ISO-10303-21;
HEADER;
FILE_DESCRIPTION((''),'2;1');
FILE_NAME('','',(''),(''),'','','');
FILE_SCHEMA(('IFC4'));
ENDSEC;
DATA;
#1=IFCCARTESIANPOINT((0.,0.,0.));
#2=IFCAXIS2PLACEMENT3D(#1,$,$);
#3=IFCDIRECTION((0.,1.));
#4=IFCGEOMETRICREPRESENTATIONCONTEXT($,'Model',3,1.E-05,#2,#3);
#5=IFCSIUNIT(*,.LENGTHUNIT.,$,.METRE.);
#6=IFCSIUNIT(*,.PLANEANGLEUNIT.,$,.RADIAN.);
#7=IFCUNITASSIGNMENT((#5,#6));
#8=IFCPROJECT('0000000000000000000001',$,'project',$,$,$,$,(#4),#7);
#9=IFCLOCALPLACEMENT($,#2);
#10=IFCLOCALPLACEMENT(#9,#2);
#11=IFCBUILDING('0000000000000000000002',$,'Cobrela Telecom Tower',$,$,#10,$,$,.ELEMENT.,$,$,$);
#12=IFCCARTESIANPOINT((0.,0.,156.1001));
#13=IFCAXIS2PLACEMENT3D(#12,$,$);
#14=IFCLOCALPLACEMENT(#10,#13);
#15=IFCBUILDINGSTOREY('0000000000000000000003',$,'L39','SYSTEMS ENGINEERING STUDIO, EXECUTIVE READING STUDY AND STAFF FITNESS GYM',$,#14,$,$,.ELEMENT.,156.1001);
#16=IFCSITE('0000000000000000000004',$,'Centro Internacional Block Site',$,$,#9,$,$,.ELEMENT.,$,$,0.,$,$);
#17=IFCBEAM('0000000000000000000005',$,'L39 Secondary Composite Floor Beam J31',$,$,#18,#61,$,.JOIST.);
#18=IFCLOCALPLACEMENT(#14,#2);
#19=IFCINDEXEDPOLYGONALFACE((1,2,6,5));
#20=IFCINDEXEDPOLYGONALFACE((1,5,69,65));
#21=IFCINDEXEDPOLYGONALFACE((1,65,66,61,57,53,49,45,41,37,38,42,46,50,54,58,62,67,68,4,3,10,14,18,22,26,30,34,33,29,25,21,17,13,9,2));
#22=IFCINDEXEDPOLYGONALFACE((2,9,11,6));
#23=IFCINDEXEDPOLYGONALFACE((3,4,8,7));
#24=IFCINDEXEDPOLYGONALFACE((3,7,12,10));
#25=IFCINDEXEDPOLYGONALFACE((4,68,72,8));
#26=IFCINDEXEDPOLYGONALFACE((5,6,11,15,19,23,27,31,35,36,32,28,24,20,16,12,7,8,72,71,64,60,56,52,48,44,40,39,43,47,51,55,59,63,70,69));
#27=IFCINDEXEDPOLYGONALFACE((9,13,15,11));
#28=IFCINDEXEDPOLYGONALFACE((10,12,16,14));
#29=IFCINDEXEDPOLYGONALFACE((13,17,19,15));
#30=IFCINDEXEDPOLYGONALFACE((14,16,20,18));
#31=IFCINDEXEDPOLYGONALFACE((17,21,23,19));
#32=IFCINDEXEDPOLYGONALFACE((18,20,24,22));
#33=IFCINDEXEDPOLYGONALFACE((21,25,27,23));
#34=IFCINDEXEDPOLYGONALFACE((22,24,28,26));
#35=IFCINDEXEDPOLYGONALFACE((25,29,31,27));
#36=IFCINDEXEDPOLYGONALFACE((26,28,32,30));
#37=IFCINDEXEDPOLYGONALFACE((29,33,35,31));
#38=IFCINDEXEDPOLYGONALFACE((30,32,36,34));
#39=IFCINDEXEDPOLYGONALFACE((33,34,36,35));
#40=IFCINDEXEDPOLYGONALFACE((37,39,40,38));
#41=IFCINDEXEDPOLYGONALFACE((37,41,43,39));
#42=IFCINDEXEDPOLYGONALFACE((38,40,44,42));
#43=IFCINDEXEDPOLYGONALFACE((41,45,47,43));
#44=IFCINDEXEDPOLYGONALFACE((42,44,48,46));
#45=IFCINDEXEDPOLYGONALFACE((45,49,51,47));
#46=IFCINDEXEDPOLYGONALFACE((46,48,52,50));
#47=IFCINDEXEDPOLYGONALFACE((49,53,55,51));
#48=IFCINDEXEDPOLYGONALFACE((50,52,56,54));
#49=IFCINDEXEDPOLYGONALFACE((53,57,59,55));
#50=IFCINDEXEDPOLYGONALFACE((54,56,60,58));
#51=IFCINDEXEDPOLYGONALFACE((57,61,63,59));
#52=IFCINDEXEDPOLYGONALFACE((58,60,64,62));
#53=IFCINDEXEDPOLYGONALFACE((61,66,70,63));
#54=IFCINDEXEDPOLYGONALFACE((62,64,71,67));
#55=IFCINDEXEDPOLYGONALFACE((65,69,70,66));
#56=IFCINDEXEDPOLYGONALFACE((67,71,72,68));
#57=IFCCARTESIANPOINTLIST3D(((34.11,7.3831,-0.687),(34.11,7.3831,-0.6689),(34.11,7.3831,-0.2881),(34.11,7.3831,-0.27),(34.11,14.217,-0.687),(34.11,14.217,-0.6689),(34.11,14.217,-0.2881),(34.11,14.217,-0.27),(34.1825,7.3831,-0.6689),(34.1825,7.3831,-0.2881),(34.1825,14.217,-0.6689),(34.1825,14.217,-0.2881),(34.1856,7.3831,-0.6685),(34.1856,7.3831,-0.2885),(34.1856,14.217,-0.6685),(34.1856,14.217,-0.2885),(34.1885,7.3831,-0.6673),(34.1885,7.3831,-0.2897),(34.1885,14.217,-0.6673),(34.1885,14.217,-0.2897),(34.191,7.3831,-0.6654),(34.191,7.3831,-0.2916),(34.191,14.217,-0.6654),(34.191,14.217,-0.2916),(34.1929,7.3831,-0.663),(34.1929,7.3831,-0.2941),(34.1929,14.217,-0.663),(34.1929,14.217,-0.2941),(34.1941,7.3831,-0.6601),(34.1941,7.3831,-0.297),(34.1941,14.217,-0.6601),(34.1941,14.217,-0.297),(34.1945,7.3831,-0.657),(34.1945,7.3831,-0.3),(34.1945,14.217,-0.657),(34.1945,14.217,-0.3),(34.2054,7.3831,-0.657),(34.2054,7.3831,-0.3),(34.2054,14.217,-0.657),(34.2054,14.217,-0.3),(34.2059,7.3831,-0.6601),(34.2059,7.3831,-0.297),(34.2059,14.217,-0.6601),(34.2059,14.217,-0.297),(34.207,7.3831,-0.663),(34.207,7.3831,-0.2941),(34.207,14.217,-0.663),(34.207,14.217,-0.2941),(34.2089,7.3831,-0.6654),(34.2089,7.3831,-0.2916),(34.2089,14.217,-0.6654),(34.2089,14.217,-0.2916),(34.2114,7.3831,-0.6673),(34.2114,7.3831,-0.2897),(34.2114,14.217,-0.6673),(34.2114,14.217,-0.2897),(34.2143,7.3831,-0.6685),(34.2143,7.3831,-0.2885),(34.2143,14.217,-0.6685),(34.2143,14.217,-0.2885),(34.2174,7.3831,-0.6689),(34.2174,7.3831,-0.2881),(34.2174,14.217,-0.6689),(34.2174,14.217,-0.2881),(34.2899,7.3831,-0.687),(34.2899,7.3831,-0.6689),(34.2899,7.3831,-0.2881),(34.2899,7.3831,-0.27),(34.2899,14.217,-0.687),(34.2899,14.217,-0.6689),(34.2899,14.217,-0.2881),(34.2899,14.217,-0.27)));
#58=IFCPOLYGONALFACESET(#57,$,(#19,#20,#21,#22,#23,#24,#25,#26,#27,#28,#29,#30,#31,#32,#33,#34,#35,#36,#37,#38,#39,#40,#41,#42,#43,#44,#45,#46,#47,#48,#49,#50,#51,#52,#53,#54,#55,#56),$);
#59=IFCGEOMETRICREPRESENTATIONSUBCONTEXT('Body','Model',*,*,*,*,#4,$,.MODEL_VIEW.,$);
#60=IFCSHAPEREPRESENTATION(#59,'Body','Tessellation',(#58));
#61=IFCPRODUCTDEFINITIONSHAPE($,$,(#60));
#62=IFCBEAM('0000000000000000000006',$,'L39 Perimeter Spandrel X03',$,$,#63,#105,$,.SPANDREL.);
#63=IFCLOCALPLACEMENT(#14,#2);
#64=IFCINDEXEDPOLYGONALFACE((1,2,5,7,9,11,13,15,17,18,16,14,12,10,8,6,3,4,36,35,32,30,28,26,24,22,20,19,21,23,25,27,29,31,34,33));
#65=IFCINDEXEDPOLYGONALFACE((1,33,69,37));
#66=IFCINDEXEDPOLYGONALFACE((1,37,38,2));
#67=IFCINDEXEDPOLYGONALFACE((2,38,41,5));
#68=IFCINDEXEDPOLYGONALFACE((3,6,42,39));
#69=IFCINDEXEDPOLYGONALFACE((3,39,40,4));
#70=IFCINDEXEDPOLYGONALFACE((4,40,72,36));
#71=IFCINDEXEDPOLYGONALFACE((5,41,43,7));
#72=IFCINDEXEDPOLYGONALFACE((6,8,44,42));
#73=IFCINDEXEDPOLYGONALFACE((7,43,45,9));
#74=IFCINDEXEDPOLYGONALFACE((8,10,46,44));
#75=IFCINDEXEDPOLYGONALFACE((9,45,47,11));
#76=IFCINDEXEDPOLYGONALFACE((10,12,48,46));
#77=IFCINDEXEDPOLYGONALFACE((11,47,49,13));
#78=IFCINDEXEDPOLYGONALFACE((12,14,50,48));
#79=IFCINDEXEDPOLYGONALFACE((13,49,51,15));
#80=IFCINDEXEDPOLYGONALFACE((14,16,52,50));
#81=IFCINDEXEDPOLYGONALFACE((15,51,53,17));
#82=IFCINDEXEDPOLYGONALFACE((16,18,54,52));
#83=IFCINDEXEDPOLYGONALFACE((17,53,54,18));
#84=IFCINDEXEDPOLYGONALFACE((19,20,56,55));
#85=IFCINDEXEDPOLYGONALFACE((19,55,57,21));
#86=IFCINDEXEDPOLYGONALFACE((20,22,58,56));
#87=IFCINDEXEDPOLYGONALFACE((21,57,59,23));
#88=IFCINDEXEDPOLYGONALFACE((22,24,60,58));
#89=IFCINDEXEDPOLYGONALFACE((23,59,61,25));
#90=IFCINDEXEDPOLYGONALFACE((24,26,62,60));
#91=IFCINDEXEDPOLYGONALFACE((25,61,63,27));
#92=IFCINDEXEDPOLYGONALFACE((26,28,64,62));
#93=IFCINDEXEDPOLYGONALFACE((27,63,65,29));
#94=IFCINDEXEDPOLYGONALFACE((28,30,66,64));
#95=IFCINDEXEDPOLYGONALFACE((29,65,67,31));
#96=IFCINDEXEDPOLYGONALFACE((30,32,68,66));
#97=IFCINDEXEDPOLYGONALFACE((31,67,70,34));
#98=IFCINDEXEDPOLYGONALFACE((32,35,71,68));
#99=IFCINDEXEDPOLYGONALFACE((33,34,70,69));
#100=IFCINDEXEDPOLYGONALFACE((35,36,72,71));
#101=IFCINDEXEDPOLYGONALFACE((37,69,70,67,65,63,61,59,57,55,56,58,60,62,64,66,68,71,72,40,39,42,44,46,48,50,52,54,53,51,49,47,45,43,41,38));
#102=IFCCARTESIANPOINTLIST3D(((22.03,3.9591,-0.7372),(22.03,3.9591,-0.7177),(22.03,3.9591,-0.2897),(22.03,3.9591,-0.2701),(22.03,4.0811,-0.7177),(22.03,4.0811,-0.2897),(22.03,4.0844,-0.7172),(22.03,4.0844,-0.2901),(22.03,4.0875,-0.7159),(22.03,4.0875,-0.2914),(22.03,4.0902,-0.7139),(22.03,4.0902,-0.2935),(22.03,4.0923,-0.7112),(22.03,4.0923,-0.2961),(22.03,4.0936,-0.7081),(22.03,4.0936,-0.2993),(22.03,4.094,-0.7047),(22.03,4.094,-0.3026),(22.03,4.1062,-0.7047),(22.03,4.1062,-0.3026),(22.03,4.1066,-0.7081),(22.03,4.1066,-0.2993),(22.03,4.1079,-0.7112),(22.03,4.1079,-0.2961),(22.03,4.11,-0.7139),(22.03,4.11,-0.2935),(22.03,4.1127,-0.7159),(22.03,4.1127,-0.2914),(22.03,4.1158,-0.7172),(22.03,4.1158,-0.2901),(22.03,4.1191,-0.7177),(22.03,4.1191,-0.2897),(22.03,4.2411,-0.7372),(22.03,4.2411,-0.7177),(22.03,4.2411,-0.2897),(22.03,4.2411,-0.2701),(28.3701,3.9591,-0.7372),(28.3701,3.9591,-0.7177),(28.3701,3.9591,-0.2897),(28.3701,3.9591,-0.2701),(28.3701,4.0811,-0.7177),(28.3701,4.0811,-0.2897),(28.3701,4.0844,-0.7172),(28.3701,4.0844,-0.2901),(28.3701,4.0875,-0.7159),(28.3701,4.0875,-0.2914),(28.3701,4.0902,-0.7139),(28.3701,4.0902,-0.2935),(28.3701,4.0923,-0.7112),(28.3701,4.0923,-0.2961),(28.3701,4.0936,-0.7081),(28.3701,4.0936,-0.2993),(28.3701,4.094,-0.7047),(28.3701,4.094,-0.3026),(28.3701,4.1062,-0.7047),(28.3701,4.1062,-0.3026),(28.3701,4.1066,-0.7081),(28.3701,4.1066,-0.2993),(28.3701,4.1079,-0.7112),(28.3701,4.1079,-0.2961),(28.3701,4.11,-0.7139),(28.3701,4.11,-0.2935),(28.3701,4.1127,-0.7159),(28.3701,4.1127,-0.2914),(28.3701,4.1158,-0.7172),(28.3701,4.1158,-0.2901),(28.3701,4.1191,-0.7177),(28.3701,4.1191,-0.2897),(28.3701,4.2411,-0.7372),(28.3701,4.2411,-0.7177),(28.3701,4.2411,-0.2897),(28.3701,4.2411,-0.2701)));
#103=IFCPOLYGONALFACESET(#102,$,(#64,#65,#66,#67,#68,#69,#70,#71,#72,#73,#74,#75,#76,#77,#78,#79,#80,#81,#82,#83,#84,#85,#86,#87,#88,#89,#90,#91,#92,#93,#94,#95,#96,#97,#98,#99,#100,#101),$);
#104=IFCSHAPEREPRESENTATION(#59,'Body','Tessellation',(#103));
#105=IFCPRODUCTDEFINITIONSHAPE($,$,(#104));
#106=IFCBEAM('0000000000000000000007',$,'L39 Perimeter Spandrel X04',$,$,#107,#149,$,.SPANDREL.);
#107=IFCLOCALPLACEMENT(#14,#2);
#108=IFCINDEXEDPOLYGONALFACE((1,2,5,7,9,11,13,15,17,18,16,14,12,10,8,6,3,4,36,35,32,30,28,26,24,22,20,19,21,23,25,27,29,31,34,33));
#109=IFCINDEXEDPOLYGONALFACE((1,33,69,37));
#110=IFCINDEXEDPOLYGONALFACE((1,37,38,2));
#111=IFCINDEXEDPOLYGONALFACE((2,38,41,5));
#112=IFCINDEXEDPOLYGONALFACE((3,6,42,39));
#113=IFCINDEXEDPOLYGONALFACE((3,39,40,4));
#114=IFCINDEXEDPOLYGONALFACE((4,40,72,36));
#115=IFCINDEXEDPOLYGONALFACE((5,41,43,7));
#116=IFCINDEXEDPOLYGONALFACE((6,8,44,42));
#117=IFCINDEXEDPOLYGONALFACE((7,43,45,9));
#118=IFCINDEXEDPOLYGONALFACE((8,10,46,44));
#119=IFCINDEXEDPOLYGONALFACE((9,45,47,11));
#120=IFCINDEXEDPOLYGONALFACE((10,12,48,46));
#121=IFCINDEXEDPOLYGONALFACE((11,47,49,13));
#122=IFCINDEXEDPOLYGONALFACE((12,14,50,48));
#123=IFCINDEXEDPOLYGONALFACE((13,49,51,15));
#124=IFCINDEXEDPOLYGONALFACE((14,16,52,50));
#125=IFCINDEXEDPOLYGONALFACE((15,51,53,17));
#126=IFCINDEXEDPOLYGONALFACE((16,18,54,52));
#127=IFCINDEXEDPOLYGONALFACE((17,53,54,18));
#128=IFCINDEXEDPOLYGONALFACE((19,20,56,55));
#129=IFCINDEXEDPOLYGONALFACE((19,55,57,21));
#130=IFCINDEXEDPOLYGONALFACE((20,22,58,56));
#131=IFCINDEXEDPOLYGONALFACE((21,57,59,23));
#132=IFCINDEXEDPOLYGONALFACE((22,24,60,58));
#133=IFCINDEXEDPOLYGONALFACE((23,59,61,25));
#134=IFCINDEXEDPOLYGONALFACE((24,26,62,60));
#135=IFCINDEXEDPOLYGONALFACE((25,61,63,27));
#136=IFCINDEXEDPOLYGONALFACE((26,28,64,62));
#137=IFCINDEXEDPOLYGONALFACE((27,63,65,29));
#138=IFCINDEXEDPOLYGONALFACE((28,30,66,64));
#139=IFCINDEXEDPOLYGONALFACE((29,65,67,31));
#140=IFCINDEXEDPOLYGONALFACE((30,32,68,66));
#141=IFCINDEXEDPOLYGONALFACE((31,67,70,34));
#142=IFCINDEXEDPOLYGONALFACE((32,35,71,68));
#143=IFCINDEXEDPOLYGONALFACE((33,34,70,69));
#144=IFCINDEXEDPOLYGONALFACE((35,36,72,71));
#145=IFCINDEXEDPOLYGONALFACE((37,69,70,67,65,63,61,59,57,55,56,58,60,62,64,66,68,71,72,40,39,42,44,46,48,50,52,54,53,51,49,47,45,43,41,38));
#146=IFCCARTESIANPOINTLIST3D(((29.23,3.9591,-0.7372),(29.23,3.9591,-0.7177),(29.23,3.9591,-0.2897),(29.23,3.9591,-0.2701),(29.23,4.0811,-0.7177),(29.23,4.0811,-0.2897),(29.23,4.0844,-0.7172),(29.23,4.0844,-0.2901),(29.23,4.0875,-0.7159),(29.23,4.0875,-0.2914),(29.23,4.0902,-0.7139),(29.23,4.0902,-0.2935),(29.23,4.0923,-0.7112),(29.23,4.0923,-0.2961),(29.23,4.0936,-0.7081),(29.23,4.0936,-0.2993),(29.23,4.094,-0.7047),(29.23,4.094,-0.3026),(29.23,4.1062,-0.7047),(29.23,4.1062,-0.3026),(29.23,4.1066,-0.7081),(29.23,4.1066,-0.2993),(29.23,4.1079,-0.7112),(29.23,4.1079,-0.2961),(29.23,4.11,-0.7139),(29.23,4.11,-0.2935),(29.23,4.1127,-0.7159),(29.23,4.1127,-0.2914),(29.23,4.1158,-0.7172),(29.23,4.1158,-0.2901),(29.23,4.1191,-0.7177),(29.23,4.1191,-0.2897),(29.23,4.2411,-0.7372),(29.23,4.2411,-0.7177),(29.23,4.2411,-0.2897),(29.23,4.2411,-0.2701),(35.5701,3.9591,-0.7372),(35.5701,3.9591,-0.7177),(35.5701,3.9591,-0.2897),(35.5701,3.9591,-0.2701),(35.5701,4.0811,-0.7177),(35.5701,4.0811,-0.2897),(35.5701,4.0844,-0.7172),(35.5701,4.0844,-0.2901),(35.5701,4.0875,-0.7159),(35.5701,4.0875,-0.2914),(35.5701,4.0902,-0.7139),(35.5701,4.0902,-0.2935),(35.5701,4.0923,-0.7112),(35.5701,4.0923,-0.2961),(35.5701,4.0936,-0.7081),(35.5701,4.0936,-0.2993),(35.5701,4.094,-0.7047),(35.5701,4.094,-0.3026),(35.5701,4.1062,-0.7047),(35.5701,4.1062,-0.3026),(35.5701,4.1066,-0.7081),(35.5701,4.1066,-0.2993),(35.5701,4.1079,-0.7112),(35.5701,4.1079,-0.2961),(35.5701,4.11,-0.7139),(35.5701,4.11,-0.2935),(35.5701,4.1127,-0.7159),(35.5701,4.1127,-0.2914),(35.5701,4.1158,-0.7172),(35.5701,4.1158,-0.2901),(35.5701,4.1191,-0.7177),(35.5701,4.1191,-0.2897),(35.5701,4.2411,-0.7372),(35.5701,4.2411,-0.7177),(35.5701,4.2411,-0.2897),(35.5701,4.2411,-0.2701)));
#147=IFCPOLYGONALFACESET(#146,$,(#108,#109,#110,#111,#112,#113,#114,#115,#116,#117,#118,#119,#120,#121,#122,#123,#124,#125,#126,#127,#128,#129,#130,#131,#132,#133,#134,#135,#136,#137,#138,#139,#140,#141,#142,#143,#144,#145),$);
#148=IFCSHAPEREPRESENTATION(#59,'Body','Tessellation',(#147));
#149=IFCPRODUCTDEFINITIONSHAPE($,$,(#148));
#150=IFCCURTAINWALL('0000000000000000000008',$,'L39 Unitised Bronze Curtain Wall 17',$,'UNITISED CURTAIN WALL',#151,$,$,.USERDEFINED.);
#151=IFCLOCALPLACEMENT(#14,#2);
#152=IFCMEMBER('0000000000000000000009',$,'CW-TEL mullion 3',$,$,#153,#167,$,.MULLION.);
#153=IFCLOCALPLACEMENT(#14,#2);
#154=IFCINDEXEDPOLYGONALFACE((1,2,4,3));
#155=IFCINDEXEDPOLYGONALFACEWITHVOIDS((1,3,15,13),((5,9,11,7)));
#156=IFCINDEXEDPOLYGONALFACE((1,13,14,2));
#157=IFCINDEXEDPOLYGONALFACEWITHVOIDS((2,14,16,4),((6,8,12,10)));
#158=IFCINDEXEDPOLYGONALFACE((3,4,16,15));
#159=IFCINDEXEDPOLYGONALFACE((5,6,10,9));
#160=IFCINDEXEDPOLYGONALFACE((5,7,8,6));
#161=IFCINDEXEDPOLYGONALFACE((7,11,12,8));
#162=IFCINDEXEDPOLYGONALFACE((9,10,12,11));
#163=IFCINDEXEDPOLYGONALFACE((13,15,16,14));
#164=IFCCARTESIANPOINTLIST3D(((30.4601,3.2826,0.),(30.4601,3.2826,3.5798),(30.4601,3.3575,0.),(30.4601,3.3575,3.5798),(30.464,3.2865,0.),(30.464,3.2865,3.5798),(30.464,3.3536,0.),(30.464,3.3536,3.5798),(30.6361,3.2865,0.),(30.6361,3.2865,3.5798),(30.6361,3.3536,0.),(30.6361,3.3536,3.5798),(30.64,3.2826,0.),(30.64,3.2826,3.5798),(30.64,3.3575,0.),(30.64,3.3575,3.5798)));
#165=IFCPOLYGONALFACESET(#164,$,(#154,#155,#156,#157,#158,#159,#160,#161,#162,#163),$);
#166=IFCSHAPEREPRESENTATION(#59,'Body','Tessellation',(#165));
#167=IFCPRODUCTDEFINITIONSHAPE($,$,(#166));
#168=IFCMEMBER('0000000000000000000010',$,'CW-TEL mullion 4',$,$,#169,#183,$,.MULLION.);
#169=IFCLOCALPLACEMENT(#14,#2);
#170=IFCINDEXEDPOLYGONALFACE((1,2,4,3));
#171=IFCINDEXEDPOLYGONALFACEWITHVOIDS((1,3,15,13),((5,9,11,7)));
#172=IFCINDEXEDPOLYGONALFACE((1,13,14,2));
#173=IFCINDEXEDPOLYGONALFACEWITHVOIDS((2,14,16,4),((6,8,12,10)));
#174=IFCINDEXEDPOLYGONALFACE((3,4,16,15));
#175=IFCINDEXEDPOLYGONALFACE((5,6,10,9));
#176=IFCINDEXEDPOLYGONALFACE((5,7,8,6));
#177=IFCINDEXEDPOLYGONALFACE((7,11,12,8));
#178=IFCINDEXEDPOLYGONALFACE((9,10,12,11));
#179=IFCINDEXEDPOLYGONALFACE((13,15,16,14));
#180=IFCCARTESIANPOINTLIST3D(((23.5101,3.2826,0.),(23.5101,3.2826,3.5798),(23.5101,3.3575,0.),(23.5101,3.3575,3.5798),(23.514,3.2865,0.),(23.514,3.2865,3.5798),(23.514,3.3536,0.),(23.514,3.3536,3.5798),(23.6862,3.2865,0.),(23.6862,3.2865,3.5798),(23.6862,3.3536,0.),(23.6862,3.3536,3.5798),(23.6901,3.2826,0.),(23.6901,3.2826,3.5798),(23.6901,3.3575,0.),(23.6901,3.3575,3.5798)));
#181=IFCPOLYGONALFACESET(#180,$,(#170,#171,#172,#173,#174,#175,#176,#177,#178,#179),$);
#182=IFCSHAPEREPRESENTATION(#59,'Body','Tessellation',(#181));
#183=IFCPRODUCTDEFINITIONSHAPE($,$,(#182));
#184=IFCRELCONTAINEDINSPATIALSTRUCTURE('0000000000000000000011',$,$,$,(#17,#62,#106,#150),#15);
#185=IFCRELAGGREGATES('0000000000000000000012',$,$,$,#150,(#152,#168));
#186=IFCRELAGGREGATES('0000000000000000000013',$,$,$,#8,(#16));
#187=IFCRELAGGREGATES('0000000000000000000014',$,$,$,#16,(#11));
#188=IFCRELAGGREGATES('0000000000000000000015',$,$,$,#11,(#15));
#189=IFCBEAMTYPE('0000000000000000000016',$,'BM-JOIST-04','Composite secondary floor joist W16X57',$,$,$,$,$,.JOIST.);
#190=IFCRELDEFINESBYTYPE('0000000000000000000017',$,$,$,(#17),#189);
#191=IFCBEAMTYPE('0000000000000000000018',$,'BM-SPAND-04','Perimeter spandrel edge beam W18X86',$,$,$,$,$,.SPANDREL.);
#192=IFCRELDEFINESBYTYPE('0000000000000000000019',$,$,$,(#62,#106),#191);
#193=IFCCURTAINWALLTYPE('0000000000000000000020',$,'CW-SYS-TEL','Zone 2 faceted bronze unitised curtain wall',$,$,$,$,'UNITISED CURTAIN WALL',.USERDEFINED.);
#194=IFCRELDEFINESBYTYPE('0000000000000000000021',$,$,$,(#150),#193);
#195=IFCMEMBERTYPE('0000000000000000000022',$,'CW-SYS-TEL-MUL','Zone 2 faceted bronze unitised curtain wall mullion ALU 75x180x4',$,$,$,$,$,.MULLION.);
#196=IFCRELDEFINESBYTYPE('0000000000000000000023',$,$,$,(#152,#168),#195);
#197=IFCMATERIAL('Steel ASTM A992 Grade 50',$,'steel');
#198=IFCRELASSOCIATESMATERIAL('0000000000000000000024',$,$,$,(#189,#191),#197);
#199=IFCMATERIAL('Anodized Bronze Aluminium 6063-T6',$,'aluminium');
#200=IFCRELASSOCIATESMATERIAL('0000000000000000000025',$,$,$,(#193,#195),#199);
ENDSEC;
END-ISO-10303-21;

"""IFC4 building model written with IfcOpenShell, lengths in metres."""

from ifc_helpers import new_model, si_unit, direction, frame, origin, origin_2d, place, context, subcontext, project, spatial, hollow_rectangle, i_section, extrude, material, material_profile, profile_set, type_object, element, aggregate, save


model = new_model("IFC4")

# Units and contexts
model_context = context("Model", 3, precision=1e-05, world=origin(), true_north=direction((0.0, 1.0)))
body_context = subcontext(model_context, "Body", "Model", "MODEL_VIEW")
ifc_project = project(units=[si_unit("LENGTHUNIT", "METRE"), si_unit("PLANEANGLEUNIT", "RADIAN")], contexts=[model_context])

# Site, building, storey
site_placement = place(None, origin())
site = spatial("IfcSite", under=ifc_project, at=site_placement, Name="Centro Internacional Block Site", CompositionType="ELEMENT", RefElevation=0.0)
building_placement = place(site_placement, origin())
building = spatial("IfcBuilding", under=site, at=building_placement, Name="Cobrela Telecom Tower", CompositionType="ELEMENT")
storey_placement = place(building_placement, frame((0.0, 0.0, 156.1001)))
storey = spatial("IfcBuildingStorey", under=building, at=storey_placement, Name="L39", Description="SYSTEMS ENGINEERING STUDIO, EXECUTIVE READING STUDY AND STAFF FITNESS GYM", CompositionType="ELEMENT", Elevation=156.1001)

# Shared definitions
ifc_material_1 = material(Name="Steel ASTM A992 Grade 50", Category="steel")

# Beams
ifc_material_profile_1 = material_profile(ifc_material_1, i_section(OverallWidth=0.1799, OverallDepth=0.417, WebThickness=0.011, FlangeThickness=0.0181, FilletRadius=0.012, at=origin_2d()), Name="W16X57")
ifc_profile_set_1 = profile_set([ifc_material_profile_1], Name="Steel ASTM A992 Grade 50")
beam_type_1 = type_object("IfcBeamType", Name="BM-JOIST-04", Description="Composite secondary floor joist W16X57", PredefinedType="JOIST", material=ifc_profile_set_1)
for number, where, z_axis, x_axis, name in (
    (1, (34.2, 7.3831, -0.4785), (0.0, 1.0, 0.0), (-1.0, 0.0, 0.0), "L39 Secondary Composite Floor Beam J31"),
):
    element("IfcBeam", number, at=place(storey_placement, frame(where, z_axis=z_axis, x_axis=x_axis)), inside=storey, type_object=beam_type_1, Name=name, PredefinedType="JOIST", context=body_context, shape_type="SweptSolid", body=[
        extrude(i_section(OverallWidth=0.1799, OverallDepth=0.417, WebThickness=0.011, FlangeThickness=0.0181, FilletRadius=0.012, at=origin_2d()), origin(), (0.0, 0.0, 1.0), 6.834),
    ])
ifc_material_profile_2 = material_profile(ifc_material_1, i_section(OverallWidth=0.282, OverallDepth=0.467, WebThickness=0.0122, FlangeThickness=0.0195, FilletRadius=0.0129, at=origin_2d()), Name="W18X86")
ifc_profile_set_2 = profile_set([ifc_material_profile_2], Name="Steel ASTM A992 Grade 50")
beam_type_2 = type_object("IfcBeamType", Name="BM-SPAND-04", Description="Perimeter spandrel edge beam W18X86", PredefinedType="SPANDREL", material=ifc_profile_set_2)
for number, where, z_axis, x_axis, name in (
    (2, (22.03, 4.1001, -0.5037), (1.0, 0.0, 0.0), (0.0, 1.0, 0.0), "L39 Perimeter Spandrel X03"),
    (3, (29.23, 4.1001, -0.5037), (1.0, 0.0, 0.0), (0.0, 1.0, 0.0), "L39 Perimeter Spandrel X04"),
):
    element("IfcBeam", number, at=place(storey_placement, frame(where, z_axis=z_axis, x_axis=x_axis)), inside=storey, type_object=beam_type_2, Name=name, PredefinedType="SPANDREL", context=body_context, shape_type="SweptSolid", body=[
        extrude(i_section(OverallWidth=0.282, OverallDepth=0.467, WebThickness=0.0122, FlangeThickness=0.0195, FilletRadius=0.0129, at=origin_2d()), origin(), (0.0, 0.0, 1.0), 6.3401),
    ])

# Curtain wall, members
ifc_material_2 = material(Name="Anodized Bronze Aluminium 6063-T6", Category="aluminium")
curtain_wall_type = type_object("IfcCurtainWallType", Name="CW-SYS-TEL", Description="Zone 2 faceted bronze unitised curtain wall", ElementType="UNITISED CURTAIN WALL", PredefinedType="USERDEFINED", material=ifc_material_2)
curtain_wall_placement = place(storey_placement, origin())
curtain_wall = element("IfcCurtainWall", 4, at=curtain_wall_placement, inside=storey, type_object=curtain_wall_type, Name="L39 Unitised Bronze Curtain Wall 17", ObjectType="UNITISED CURTAIN WALL", PredefinedType="USERDEFINED")
ifc_material_profile_3 = material_profile(ifc_material_2, hollow_rectangle(XDim=0.075, YDim=0.1799, WallThickness=0.0039, at=origin_2d()), Name="ALU 75x180x4")
ifc_profile_set_3 = profile_set([ifc_material_profile_3], Name="Anodized Bronze Aluminium 6063-T6")
member_type_1 = type_object("IfcMemberType", Name="CW-SYS-TEL-MUL", Description="Zone 2 faceted bronze unitised curtain wall mullion ALU 75x180x4", PredefinedType="MULLION", material=ifc_profile_set_3)
member_1_placement = place(storey_placement, frame((30.55, 3.3201, 0.0), z_axis=(0.0, 0.0, 1.0), x_axis=(0.0, -1.0, 0.0)))
member_1 = element("IfcMember", 5, at=member_1_placement, type_object=member_type_1, Name="CW-TEL mullion 3", PredefinedType="MULLION", context=body_context, shape_type="SweptSolid", body=[
    extrude(hollow_rectangle(XDim=0.075, YDim=0.1799, WallThickness=0.0039, at=origin_2d()), origin(), (0.0, 0.0, 1.0), 3.5798),
])
member_2_placement = place(storey_placement, frame((23.6001, 3.3201, 0.0), z_axis=(0.0, 0.0, 1.0), x_axis=(0.0, -1.0, 0.0)))
member_2 = element("IfcMember", 6, at=member_2_placement, type_object=member_type_1, Name="CW-TEL mullion 4", PredefinedType="MULLION", context=body_context, shape_type="SweptSolid", body=[
    extrude(hollow_rectangle(XDim=0.075, YDim=0.1799, WallThickness=0.0039, at=origin_2d()), origin(), (0.0, 0.0, 1.0), 3.5798),
])
aggregate(curtain_wall, [member_1, member_2])

save(model, "model.ifc")
